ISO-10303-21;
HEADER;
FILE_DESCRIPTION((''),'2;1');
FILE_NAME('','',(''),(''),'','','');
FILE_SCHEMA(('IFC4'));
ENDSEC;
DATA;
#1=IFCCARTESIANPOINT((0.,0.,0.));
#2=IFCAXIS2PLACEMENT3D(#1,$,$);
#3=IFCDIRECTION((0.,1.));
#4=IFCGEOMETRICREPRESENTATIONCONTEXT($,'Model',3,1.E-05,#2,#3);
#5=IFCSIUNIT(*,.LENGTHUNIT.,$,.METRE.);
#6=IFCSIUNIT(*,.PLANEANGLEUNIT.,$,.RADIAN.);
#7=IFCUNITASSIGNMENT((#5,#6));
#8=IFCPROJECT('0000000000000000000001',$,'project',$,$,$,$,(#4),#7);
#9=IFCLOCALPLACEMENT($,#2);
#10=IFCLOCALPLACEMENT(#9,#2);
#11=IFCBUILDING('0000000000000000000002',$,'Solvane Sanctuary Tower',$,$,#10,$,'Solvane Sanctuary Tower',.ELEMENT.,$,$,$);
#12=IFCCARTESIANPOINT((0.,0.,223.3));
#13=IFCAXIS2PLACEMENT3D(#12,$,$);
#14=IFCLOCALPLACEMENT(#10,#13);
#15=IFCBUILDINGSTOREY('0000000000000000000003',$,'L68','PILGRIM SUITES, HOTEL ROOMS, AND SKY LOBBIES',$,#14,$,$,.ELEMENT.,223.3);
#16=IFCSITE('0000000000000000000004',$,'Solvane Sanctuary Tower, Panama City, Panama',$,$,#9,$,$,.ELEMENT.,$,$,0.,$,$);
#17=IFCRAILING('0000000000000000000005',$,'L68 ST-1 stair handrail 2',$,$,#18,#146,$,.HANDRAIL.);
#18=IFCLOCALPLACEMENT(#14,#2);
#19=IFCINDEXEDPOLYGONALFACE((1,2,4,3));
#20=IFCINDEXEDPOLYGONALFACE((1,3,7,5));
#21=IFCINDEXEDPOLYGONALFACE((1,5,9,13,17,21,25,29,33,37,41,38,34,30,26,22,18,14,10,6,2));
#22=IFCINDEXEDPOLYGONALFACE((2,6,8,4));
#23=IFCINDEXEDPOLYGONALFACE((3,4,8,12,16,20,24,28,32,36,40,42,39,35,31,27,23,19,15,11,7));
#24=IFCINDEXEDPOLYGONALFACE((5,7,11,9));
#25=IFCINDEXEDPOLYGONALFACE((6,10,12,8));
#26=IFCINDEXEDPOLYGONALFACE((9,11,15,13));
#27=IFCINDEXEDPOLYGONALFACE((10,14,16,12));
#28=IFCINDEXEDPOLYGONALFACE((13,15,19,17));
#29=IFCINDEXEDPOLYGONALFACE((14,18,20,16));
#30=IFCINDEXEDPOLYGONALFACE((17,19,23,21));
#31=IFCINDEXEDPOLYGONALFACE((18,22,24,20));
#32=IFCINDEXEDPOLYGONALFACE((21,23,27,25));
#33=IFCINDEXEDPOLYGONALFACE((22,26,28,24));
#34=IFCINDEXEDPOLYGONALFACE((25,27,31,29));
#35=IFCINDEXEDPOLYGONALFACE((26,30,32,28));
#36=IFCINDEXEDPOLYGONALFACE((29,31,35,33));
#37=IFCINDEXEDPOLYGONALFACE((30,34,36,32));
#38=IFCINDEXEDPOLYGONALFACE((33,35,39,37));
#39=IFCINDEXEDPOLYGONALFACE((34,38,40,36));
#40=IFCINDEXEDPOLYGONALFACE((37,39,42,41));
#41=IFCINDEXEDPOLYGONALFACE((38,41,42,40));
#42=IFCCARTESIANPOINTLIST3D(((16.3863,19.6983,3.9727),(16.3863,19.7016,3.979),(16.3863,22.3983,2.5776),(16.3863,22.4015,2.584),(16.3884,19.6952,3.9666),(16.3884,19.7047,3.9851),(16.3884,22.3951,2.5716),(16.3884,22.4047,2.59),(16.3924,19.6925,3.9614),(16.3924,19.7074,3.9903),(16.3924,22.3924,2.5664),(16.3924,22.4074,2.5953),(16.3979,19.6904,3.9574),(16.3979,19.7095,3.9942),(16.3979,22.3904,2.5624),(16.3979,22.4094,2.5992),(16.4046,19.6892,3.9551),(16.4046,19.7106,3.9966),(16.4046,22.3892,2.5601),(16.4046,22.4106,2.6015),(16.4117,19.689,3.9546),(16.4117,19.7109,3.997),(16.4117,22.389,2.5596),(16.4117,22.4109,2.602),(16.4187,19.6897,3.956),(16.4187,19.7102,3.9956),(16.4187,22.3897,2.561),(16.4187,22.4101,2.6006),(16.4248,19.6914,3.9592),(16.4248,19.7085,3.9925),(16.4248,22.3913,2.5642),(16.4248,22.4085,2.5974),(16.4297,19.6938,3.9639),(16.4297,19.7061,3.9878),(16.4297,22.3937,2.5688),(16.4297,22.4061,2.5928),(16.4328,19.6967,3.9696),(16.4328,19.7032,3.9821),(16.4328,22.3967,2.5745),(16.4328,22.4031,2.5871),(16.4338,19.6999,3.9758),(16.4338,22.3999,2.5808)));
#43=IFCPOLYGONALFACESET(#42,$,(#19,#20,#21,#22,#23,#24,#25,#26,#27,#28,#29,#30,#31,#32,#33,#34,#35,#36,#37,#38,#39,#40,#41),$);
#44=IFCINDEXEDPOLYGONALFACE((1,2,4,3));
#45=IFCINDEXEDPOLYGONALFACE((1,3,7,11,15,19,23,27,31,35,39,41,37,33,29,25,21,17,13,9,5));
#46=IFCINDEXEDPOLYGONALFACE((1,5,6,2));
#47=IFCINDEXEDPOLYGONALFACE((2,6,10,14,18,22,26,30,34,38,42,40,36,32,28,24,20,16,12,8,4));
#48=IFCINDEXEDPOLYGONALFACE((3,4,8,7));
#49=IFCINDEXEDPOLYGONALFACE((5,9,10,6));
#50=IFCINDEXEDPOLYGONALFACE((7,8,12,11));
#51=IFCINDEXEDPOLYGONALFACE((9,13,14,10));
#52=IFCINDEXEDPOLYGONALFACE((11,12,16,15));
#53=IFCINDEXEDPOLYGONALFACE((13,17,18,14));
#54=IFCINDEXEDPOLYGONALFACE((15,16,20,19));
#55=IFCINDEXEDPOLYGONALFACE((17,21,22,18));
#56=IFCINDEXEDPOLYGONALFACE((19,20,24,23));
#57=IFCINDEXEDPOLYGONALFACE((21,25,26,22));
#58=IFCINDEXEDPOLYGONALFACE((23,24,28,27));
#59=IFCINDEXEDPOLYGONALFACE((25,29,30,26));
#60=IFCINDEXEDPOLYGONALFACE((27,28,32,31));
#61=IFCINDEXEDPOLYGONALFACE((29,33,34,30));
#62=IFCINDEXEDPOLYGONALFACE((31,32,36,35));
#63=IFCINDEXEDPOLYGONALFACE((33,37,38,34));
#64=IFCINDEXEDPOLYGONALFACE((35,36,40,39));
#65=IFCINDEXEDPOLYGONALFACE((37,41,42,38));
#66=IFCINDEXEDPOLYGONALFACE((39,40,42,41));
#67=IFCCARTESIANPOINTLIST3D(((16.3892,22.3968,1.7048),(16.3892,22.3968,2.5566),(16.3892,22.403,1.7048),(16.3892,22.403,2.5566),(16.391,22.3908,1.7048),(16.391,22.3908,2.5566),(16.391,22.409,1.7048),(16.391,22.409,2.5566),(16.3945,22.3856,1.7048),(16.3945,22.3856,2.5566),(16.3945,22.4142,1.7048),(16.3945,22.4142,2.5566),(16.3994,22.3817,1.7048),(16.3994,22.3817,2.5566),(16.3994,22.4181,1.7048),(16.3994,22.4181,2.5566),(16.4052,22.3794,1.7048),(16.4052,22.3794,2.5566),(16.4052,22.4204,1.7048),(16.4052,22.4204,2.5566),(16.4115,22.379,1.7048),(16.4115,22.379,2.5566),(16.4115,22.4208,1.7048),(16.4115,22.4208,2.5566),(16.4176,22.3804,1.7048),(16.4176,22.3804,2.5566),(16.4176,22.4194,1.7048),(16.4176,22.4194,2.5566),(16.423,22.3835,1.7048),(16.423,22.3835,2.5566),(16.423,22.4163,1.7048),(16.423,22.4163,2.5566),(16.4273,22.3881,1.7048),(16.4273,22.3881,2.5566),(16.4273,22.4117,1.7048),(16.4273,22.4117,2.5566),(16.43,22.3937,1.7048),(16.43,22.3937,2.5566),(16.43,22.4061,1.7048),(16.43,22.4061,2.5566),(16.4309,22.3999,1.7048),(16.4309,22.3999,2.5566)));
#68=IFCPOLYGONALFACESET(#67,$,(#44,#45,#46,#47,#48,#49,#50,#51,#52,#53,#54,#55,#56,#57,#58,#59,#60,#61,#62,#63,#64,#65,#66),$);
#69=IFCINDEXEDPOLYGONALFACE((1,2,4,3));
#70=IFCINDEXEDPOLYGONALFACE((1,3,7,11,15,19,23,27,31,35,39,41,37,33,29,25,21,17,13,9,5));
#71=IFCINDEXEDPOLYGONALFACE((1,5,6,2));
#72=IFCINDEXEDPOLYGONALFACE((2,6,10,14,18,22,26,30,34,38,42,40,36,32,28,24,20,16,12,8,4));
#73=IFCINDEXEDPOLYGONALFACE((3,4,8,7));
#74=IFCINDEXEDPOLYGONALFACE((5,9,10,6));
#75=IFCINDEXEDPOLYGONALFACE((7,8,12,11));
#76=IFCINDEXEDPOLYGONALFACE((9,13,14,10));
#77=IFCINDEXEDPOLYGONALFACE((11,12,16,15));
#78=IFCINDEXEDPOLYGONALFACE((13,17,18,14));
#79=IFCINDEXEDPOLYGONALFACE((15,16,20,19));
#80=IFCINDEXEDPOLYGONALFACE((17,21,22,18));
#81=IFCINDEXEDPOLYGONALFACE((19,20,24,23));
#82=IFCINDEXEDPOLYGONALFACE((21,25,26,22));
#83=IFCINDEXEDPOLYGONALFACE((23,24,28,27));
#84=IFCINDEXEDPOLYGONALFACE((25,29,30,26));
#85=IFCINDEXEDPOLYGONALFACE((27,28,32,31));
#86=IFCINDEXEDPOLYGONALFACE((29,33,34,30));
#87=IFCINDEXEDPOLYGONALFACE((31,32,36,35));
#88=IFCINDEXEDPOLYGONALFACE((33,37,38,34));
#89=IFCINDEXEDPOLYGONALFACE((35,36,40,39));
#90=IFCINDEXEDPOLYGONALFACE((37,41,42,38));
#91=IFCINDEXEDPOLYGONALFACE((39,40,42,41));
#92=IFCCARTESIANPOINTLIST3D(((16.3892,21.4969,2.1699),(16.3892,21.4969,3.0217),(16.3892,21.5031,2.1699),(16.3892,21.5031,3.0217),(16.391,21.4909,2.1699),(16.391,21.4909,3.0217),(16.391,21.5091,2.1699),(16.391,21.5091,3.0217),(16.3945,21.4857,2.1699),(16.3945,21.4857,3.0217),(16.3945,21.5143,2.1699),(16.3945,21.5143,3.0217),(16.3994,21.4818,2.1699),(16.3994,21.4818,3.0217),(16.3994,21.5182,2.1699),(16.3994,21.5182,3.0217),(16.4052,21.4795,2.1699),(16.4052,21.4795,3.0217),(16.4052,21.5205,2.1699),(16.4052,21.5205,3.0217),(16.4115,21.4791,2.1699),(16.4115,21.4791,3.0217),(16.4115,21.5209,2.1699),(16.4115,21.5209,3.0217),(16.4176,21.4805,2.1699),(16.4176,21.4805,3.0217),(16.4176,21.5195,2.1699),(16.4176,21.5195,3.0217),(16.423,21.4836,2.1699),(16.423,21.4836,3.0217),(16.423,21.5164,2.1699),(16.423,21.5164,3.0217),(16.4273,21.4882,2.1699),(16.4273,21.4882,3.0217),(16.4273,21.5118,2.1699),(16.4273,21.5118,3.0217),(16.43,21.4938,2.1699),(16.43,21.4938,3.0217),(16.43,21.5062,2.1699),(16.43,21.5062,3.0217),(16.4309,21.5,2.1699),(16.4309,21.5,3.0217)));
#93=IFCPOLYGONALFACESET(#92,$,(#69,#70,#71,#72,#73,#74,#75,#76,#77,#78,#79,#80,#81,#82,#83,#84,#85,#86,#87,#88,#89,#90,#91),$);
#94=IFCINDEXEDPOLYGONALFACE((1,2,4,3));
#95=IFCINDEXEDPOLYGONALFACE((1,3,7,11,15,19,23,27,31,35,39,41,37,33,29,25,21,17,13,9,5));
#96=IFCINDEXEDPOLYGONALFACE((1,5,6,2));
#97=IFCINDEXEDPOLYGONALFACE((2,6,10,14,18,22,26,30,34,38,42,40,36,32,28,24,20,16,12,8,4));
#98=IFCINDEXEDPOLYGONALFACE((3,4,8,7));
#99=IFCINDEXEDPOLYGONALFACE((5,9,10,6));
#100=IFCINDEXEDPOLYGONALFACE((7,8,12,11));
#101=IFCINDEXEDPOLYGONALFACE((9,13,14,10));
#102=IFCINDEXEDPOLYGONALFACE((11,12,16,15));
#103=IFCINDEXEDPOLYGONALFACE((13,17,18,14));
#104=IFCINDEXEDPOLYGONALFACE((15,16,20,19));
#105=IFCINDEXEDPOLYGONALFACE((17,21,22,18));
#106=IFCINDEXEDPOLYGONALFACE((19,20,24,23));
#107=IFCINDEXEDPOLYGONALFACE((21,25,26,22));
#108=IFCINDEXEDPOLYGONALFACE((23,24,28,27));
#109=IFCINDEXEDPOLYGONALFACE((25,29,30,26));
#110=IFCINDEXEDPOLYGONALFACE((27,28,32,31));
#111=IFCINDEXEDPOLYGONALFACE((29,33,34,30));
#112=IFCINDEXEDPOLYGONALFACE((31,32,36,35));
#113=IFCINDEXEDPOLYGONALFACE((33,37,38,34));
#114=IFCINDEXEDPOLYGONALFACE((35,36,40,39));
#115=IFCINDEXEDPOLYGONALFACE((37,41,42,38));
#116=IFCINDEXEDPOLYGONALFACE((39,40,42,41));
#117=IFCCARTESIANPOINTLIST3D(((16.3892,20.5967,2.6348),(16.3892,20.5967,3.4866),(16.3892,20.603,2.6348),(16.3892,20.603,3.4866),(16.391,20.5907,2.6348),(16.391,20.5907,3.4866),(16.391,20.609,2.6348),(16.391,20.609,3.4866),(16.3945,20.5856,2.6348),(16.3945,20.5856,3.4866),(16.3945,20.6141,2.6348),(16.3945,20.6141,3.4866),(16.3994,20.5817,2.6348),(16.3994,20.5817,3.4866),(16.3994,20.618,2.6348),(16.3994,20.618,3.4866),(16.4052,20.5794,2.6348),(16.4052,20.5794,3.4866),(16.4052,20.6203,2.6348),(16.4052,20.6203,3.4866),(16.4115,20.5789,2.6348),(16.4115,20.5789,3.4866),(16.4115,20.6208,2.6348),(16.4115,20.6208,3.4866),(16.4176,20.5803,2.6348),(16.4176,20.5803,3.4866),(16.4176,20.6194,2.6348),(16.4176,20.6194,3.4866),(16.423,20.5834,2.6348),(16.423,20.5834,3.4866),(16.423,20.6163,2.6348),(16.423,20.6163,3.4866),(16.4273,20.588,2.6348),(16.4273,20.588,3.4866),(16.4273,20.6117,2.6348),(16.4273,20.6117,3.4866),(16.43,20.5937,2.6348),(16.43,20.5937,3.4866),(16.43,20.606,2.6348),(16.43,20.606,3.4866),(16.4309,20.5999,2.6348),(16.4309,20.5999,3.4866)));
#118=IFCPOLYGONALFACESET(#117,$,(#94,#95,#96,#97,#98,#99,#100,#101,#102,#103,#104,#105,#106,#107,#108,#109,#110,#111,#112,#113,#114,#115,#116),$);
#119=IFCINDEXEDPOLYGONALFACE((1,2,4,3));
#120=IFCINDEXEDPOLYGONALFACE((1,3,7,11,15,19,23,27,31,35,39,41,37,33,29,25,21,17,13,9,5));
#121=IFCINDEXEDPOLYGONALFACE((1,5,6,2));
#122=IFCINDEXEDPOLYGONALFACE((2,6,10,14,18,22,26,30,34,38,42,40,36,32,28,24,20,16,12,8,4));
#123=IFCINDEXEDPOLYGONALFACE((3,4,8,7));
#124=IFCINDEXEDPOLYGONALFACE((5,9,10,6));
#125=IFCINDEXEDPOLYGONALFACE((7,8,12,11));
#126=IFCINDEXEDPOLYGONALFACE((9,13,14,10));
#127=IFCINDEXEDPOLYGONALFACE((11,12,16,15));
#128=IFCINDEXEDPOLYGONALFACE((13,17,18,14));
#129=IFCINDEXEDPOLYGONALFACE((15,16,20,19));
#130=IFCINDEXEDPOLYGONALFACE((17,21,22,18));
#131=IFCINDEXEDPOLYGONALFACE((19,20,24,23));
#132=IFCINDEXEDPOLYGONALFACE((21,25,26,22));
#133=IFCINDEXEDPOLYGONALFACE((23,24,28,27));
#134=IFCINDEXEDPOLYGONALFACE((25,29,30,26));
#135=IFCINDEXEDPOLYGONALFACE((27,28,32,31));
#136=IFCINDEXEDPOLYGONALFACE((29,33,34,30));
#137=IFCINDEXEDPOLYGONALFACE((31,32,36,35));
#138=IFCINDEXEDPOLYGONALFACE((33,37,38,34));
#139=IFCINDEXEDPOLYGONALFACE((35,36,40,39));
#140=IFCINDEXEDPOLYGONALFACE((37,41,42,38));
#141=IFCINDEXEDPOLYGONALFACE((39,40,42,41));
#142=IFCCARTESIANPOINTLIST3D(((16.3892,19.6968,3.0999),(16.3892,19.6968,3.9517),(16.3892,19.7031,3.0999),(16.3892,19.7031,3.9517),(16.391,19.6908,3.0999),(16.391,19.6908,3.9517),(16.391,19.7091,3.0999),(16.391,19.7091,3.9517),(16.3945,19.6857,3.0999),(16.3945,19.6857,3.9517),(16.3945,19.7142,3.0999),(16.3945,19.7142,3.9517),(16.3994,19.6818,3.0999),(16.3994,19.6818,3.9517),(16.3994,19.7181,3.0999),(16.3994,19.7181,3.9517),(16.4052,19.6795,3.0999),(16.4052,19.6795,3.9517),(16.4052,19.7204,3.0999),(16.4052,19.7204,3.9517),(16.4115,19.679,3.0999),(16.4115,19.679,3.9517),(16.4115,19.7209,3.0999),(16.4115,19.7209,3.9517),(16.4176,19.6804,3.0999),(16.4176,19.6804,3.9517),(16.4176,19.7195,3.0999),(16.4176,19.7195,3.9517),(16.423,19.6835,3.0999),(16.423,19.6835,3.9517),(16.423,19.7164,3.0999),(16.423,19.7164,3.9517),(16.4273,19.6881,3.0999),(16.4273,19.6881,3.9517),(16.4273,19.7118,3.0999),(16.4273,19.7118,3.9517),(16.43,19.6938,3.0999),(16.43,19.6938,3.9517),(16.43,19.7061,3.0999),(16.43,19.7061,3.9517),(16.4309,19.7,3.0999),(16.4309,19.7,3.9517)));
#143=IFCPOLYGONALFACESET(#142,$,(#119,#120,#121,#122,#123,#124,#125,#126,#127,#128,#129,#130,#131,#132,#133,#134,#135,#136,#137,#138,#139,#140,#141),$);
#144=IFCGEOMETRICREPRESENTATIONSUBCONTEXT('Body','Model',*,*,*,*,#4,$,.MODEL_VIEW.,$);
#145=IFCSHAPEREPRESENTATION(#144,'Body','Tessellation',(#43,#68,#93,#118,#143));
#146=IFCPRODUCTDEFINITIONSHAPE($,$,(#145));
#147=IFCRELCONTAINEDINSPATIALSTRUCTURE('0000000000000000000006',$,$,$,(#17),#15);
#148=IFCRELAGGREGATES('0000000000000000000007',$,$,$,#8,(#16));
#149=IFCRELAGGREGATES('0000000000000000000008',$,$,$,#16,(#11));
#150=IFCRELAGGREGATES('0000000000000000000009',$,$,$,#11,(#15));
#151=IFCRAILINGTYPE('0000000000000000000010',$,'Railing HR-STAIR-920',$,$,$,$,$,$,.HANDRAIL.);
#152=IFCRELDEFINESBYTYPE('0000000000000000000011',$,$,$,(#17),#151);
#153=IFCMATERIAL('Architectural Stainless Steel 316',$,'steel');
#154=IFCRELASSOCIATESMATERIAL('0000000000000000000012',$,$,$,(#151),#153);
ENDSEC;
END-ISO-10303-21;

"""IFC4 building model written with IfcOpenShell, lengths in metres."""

from ifc_helpers import new_model, si_unit, direction, frame, origin, origin_2d, place, context, subcontext, project, spatial, circle, extrude, material, type_object, element, save


model = new_model("IFC4")

# Units and contexts
model_context = context("Model", 3, precision=1e-05, world=origin(), true_north=direction((0.0, 1.0)))
body_context = subcontext(model_context, "Body", "Model", "MODEL_VIEW")
ifc_project = project(units=[si_unit("LENGTHUNIT", "METRE"), si_unit("PLANEANGLEUNIT", "RADIAN")], contexts=[model_context])

# Site, building, storey
site_placement = place(None, origin())
site = spatial("IfcSite", under=ifc_project, at=site_placement, Name="Solvane Sanctuary Tower, Panama City, Panama", CompositionType="ELEMENT", RefElevation=0.0)
building_placement = place(site_placement, origin())
building = spatial("IfcBuilding", under=site, at=building_placement, Name="Solvane Sanctuary Tower", LongName="Solvane Sanctuary Tower", CompositionType="ELEMENT")
storey_placement = place(building_placement, frame((0.0, 0.0, 223.3)))
storey = spatial("IfcBuildingStorey", under=building, at=storey_placement, Name="L68", Description="PILGRIM SUITES, HOTEL ROOMS, AND SKY LOBBIES", CompositionType="ELEMENT", Elevation=223.3)

# Shared definitions
ifc_material_1 = material(Name="Architectural Stainless Steel 316", Category="steel")

# Railing
railing_type_1 = type_object("IfcRailingType", Name="Railing HR-STAIR-920", PredefinedType="HANDRAIL", material=ifc_material_1)
railing_1_placement = place(storey_placement, frame((16.4099, 22.3999, 1.7048)))
element("IfcRailing", 1, at=railing_1_placement, inside=storey, type_object=railing_type_1, Name="L68 ST-1 stair handrail 2", PredefinedType="HANDRAIL", context=body_context, shape_type="SweptSolid", body=[
    extrude(circle(Radius=0.0239, at=origin_2d()), frame((0.0, 0.0, 0.876), z_axis=(0.0, -0.88842, 0.459032), x_axis=(1.0, 0.0, 0.0)), (0.0, 0.0, 1.0), 3.0391),
    extrude(circle(Radius=0.021, at=origin_2d()), origin(), (0.0, 0.0, 1.0), 0.8518),
    extrude(circle(Radius=0.021, at=origin_2d()), frame((0.0, -0.8999, 0.4651)), (0.0, 0.0, 1.0), 0.8518),
    extrude(circle(Radius=0.021, at=origin_2d()), frame((0.0, -1.8, 0.9299)), (0.0, 0.0, 1.0), 0.8518),
    extrude(circle(Radius=0.021, at=origin_2d()), frame((0.0, -2.7, 1.395)), (0.0, 0.0, 1.0), 0.8518),
])

save(model, "model.ifc")
